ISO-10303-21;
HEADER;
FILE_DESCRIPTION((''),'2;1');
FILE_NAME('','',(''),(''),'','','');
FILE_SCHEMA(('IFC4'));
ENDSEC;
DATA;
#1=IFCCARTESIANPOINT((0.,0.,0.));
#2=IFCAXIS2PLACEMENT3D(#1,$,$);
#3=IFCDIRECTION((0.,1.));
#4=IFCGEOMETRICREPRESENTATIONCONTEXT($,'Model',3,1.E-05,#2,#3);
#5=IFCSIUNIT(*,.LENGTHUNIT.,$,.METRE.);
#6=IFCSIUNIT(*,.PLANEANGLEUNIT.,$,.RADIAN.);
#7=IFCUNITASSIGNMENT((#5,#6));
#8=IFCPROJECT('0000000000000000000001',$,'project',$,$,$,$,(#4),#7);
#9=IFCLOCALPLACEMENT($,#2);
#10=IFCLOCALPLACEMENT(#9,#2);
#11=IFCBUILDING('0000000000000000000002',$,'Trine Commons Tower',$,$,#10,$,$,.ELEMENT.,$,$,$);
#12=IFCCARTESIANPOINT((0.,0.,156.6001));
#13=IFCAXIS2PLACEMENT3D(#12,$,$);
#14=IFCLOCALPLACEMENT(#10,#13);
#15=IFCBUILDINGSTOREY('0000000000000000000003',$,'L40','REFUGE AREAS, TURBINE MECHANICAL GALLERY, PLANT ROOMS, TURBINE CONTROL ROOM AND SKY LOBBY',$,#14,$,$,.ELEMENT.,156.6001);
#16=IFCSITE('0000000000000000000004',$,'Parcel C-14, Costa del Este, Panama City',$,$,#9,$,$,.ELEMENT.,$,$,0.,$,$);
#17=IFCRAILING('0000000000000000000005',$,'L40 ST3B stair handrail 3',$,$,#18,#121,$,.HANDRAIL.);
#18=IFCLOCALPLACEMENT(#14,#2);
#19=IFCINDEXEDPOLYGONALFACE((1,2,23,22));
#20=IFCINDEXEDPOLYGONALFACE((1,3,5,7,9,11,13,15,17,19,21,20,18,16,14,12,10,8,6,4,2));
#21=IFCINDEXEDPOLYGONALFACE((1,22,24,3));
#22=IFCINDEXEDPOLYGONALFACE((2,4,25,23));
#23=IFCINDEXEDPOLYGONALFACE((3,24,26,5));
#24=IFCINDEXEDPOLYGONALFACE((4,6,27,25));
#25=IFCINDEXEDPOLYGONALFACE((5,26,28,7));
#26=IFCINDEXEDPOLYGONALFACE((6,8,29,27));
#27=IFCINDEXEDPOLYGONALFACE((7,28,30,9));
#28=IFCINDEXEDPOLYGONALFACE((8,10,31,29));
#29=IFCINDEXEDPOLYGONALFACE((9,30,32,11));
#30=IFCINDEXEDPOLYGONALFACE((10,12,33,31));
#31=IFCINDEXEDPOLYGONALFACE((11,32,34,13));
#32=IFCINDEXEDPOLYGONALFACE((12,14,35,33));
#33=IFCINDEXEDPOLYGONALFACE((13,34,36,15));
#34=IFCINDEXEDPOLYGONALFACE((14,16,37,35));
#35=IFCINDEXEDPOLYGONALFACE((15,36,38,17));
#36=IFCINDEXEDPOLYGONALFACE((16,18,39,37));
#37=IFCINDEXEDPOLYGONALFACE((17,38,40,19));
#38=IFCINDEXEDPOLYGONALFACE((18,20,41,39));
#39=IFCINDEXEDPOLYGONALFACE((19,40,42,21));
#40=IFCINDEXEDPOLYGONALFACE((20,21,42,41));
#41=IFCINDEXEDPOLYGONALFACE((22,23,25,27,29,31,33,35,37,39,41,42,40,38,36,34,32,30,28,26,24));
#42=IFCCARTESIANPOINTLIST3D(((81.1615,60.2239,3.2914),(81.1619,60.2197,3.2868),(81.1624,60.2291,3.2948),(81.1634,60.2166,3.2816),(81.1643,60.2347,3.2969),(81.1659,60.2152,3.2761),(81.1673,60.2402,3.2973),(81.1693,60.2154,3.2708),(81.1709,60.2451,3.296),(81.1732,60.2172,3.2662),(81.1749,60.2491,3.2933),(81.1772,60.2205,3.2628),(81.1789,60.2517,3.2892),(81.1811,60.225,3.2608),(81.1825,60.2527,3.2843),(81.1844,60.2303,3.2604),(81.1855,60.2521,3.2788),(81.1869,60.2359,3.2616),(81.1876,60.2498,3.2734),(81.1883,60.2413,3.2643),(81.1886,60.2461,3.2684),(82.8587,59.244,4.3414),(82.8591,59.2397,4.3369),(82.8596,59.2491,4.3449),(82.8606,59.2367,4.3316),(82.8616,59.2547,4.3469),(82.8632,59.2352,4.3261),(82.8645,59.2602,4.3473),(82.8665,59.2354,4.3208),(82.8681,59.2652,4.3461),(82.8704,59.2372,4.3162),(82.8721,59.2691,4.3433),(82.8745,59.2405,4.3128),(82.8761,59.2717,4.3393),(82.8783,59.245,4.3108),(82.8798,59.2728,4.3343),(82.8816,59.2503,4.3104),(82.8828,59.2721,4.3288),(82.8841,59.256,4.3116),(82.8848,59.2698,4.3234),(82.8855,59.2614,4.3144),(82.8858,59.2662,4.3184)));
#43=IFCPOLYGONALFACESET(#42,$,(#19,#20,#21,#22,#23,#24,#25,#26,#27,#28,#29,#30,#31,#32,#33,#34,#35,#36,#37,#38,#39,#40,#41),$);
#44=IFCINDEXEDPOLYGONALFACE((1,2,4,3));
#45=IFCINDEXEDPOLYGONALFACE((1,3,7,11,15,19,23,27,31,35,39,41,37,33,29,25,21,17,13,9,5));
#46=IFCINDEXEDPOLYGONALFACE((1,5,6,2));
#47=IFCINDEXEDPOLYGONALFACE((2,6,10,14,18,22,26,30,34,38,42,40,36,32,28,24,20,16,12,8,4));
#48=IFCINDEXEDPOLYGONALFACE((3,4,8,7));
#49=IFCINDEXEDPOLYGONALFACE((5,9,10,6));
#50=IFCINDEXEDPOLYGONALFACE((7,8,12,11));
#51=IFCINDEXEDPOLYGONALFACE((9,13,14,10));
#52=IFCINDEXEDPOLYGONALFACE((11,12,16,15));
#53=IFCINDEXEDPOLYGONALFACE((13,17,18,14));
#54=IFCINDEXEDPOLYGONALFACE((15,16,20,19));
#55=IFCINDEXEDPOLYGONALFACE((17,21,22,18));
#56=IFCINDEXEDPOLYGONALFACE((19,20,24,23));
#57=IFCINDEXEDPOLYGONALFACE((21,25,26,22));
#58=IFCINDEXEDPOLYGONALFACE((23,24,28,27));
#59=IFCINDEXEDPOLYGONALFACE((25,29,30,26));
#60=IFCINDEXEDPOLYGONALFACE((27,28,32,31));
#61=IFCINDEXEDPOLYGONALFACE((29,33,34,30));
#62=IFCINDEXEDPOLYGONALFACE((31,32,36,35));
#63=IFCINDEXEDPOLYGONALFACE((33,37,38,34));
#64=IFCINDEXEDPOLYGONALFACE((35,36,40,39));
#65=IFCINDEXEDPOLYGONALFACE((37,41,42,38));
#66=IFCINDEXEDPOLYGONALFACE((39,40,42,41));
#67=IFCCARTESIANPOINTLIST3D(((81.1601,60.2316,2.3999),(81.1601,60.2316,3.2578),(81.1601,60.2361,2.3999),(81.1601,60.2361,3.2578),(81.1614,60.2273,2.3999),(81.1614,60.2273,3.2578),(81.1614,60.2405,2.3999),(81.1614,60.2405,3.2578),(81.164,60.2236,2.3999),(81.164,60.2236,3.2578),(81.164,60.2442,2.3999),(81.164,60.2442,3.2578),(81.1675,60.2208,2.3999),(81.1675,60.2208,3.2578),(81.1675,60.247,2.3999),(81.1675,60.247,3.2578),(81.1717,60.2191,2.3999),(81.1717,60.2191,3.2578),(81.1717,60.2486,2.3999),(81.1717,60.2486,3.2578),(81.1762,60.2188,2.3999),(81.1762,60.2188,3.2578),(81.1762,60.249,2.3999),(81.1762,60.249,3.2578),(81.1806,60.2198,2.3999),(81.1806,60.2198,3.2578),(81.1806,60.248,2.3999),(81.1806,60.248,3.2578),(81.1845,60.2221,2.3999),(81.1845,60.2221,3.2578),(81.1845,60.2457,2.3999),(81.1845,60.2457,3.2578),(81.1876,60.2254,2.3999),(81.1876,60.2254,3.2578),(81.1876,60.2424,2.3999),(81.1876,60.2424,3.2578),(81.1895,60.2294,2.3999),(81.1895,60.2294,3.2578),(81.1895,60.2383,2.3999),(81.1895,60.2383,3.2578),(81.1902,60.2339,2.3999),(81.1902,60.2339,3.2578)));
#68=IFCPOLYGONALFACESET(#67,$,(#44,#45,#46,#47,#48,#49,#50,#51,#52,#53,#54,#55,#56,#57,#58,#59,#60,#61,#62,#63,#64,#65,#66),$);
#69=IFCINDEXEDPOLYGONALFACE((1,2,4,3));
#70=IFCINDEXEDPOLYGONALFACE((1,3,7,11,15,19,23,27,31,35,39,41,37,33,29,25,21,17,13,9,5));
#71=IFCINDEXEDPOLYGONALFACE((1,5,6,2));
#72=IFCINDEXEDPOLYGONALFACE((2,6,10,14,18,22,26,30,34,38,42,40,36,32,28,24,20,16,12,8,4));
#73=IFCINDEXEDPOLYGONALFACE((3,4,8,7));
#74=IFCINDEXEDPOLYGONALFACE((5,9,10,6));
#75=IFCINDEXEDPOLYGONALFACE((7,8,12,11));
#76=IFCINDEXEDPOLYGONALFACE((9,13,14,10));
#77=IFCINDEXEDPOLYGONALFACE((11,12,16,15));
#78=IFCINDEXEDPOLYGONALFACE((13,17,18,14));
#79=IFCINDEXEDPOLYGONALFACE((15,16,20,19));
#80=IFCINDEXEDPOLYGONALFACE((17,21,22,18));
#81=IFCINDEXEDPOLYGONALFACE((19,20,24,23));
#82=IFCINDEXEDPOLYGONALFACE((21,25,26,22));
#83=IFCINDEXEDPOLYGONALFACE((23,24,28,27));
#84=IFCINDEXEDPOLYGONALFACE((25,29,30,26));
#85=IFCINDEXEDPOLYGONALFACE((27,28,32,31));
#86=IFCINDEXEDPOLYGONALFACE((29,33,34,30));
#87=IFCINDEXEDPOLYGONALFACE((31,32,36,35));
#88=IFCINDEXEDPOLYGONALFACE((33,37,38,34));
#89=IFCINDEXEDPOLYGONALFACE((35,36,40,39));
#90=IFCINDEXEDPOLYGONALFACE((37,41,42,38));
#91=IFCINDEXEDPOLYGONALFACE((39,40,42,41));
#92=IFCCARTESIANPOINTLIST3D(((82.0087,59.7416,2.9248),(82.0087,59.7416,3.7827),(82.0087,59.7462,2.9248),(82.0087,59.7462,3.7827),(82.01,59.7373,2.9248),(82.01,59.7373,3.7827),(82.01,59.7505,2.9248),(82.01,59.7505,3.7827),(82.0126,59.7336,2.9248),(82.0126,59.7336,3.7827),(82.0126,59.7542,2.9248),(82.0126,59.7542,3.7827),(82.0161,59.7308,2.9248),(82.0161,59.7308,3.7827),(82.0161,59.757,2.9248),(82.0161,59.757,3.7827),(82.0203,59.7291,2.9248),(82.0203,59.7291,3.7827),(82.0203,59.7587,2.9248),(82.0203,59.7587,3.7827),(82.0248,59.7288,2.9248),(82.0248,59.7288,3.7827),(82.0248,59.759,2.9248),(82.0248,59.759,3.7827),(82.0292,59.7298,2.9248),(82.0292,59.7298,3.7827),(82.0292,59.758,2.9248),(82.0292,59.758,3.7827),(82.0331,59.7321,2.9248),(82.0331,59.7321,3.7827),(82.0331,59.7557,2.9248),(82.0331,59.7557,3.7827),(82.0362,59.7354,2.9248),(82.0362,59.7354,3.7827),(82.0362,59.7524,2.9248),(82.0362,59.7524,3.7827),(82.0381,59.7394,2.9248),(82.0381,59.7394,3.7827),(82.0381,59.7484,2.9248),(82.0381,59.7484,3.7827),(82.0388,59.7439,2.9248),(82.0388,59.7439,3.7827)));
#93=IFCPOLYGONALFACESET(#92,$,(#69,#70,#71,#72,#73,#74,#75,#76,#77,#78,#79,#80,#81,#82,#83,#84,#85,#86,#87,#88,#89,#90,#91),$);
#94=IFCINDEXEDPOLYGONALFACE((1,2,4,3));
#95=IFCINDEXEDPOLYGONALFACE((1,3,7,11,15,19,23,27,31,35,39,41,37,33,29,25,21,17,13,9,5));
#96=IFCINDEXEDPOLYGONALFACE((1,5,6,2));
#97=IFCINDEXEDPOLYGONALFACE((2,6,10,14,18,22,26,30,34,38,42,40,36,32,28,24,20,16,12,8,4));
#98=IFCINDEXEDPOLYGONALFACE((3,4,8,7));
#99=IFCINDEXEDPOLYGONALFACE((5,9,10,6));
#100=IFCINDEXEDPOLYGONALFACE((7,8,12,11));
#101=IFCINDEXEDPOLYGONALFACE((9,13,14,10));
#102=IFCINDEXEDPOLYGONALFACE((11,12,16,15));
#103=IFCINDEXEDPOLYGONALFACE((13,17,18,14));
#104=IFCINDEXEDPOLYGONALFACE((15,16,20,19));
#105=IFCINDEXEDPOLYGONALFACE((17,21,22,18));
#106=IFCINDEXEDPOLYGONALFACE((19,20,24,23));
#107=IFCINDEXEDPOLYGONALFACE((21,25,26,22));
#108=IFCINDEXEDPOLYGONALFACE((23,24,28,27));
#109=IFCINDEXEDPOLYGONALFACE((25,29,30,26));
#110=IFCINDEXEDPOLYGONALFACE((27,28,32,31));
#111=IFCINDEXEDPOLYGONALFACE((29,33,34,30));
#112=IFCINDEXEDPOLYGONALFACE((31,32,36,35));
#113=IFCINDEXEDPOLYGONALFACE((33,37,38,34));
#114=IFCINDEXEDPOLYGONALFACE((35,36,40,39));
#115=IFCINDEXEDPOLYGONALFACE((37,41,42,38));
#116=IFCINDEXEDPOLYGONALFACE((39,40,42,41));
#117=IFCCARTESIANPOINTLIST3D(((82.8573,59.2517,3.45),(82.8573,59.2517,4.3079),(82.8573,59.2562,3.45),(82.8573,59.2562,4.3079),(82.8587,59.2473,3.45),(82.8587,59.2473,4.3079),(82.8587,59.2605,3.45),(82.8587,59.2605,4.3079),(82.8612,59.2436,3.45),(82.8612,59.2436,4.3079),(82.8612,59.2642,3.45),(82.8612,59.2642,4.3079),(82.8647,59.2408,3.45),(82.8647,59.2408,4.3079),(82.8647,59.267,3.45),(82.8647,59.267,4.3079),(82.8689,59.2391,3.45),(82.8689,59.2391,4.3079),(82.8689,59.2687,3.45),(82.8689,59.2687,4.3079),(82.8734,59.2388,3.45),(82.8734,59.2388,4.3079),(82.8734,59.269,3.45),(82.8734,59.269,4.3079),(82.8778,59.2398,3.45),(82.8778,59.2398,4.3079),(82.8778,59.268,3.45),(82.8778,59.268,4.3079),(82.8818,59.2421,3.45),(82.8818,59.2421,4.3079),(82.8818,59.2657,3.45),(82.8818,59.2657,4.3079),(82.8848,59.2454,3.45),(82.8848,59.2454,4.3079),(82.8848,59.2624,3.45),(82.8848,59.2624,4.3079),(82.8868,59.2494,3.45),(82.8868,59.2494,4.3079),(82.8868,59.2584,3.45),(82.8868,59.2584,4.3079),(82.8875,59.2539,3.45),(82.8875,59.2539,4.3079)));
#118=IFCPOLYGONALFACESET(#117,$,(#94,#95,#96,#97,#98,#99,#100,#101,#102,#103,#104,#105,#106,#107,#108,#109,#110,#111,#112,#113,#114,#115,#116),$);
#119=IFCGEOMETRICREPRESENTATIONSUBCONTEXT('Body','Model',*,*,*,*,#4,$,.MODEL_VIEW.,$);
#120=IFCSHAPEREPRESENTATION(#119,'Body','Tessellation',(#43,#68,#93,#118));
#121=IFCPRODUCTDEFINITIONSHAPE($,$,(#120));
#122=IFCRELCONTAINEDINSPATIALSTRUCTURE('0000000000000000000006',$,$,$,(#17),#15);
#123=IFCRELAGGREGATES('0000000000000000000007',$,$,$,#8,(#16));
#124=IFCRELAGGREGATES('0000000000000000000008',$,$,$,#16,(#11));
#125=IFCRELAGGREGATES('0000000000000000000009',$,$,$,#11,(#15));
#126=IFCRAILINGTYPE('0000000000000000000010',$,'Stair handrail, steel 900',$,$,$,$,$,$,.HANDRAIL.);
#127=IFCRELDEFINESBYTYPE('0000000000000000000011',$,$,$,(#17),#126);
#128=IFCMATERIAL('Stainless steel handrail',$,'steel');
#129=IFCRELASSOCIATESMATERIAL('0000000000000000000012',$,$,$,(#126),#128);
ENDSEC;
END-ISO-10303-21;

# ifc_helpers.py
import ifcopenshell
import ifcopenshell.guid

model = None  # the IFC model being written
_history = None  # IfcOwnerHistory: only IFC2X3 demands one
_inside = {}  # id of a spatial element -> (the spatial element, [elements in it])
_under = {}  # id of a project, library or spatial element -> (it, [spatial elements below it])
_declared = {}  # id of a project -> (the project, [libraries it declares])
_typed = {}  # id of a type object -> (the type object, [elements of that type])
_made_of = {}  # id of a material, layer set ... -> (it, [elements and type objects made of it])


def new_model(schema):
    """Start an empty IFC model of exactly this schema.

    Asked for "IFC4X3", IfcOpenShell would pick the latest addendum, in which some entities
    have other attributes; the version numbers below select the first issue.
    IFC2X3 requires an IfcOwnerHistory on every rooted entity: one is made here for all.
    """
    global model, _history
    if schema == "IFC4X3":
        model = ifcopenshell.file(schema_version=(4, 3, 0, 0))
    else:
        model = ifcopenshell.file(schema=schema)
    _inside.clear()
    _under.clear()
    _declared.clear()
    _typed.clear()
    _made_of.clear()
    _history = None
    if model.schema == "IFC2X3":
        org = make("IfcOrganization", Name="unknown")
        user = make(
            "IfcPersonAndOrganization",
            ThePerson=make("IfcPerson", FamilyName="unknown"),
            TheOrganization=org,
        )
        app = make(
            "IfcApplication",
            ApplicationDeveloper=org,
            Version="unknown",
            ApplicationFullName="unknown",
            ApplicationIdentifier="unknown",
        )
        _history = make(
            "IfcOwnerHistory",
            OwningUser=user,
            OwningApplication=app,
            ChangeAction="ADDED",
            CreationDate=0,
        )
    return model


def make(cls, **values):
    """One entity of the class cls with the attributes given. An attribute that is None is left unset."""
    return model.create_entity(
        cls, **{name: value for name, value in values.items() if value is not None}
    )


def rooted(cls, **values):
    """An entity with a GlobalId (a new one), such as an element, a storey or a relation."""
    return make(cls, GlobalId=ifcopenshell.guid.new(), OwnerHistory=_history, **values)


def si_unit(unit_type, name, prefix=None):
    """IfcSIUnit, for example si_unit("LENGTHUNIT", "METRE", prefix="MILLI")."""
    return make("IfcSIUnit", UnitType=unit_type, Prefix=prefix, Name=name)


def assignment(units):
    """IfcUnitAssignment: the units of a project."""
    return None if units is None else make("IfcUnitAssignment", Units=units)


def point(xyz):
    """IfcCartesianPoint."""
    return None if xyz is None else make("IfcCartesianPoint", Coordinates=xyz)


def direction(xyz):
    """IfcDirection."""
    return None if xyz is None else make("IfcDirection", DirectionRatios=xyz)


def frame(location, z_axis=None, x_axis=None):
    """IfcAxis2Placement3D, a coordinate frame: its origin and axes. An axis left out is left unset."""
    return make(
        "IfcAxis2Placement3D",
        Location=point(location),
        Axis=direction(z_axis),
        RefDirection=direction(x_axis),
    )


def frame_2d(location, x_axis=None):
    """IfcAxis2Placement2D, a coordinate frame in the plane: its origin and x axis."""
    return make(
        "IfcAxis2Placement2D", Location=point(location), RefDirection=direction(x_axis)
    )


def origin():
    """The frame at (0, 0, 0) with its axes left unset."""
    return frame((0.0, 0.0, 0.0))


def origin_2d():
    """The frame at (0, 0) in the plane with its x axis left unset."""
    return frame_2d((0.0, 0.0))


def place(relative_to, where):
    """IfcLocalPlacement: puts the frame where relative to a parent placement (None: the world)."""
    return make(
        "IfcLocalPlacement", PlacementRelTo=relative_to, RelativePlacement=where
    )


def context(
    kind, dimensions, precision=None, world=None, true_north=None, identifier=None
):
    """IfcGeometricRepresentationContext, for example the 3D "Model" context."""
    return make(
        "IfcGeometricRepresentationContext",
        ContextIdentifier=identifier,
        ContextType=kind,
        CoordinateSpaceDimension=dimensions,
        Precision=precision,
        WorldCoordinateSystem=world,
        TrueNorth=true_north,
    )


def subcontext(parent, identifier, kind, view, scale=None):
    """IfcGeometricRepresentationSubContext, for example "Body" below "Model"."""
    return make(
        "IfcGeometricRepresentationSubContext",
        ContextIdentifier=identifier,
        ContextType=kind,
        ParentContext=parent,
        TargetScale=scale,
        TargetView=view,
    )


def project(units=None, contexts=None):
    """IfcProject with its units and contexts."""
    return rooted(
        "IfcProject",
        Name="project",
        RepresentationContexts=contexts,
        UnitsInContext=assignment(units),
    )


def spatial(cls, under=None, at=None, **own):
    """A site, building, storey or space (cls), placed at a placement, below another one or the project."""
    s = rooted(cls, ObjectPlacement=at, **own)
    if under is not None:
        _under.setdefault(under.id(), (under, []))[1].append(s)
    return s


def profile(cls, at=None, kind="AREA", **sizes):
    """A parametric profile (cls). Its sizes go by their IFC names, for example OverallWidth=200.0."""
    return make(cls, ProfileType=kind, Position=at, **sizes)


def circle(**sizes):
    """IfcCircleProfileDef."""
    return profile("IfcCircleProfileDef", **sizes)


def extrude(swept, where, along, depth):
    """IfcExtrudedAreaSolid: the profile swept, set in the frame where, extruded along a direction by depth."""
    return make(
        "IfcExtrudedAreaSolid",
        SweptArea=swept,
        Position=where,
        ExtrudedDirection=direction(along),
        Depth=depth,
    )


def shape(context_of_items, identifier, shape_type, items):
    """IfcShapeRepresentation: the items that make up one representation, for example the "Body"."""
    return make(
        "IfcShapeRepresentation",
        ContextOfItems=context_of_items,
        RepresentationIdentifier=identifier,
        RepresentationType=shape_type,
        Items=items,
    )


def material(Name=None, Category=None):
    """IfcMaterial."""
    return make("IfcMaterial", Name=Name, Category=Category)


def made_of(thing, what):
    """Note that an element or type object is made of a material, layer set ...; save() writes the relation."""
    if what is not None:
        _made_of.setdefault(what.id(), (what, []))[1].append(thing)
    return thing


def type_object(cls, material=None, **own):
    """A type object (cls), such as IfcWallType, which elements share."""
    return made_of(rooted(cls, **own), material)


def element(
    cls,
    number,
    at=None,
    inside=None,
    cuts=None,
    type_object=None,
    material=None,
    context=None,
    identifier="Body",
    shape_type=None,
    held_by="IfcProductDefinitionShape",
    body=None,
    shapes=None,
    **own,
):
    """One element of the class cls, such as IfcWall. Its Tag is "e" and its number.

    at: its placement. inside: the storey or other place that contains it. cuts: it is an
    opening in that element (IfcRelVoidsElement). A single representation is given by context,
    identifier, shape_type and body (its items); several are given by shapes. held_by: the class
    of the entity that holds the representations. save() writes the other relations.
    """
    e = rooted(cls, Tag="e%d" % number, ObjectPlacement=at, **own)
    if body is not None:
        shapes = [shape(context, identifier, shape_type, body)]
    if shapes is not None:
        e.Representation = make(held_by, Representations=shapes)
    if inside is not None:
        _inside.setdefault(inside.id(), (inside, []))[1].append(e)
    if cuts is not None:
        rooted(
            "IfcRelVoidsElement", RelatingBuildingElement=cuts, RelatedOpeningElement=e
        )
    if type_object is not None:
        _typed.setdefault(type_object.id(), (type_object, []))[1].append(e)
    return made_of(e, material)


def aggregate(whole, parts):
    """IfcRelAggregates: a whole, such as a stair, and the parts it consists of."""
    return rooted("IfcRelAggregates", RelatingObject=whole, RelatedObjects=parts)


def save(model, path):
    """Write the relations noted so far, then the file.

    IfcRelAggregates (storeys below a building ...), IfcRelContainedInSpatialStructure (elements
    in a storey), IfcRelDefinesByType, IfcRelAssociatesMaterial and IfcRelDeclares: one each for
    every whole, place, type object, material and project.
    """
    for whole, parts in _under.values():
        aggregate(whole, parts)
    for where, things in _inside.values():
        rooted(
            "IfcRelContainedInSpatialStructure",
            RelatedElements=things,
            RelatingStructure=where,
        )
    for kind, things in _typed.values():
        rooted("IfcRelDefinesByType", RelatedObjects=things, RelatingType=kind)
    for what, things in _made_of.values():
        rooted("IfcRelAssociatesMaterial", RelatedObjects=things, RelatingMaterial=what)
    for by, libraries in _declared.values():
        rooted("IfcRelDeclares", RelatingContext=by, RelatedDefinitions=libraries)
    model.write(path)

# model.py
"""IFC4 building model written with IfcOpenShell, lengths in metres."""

from ifc_helpers import new_model, si_unit, direction, frame, origin, origin_2d, place, context, subcontext, project, spatial, circle, extrude, material, type_object, element, save


model = new_model("IFC4")

# Units and contexts
model_context = context("Model", 3, precision=1e-05, world=origin(), true_north=direction((0.0, 1.0)))
body_context = subcontext(model_context, "Body", "Model", "MODEL_VIEW")
ifc_project = project(units=[si_unit("LENGTHUNIT", "METRE"), si_unit("PLANEANGLEUNIT", "RADIAN")], contexts=[model_context])

# Site, building, storey
site_placement = place(None, origin())
site = spatial("IfcSite", under=ifc_project, at=site_placement, Name="Parcel C-14, Costa del Este, Panama City", CompositionType="ELEMENT", RefElevation=0.0)
building_placement = place(site_placement, origin())
building = spatial("IfcBuilding", under=site, at=building_placement, Name="Trine Commons Tower", CompositionType="ELEMENT")
storey_placement = place(building_placement, frame((0.0, 0.0, 156.6001)))
storey = spatial("IfcBuildingStorey", under=building, at=storey_placement, Name="L40", Description="REFUGE AREAS, TURBINE MECHANICAL GALLERY, PLANT ROOMS, TURBINE CONTROL ROOM AND SKY LOBBY", CompositionType="ELEMENT", Elevation=156.6001)

# Railing
ifc_material_1 = material(Name="Stainless steel handrail", Category="steel")
railing_type_1 = type_object("IfcRailingType", Name="Stair handrail, steel 900", PredefinedType="HANDRAIL", material=ifc_material_1)
railing_1_placement = place(storey_placement, frame((81.175, 60.2339, 2.3999)))
element("IfcRailing", 1, at=railing_1_placement, inside=storey, type_object=railing_type_1, Name="L40 ST3B stair handrail 3", PredefinedType="HANDRAIL", context=body_context, shape_type="SweptSolid", body=[
    extrude(circle(Radius=0.021, at=origin_2d()), frame((0.0, 0.0, 0.8789), z_axis=(0.763352, -0.44075, 0.472264), x_axis=(0.500024, 0.866011, 0.0)), (0.0, 0.0, 1.0), 2.2234),
    extrude(circle(Radius=0.0151, at=origin_2d()), origin(), (0.0, 0.0, 1.0), 0.8579),
    extrude(circle(Radius=0.0151, at=origin_2d()), frame((0.8486, -0.49, 0.5249)), (0.0, 0.0, 1.0), 0.8579),
    extrude(circle(Radius=0.0151, at=origin_2d()), frame((1.6973, -0.98, 1.05)), (0.0, 0.0, 1.0), 0.8579),
])

save(model, "model.ifc")
